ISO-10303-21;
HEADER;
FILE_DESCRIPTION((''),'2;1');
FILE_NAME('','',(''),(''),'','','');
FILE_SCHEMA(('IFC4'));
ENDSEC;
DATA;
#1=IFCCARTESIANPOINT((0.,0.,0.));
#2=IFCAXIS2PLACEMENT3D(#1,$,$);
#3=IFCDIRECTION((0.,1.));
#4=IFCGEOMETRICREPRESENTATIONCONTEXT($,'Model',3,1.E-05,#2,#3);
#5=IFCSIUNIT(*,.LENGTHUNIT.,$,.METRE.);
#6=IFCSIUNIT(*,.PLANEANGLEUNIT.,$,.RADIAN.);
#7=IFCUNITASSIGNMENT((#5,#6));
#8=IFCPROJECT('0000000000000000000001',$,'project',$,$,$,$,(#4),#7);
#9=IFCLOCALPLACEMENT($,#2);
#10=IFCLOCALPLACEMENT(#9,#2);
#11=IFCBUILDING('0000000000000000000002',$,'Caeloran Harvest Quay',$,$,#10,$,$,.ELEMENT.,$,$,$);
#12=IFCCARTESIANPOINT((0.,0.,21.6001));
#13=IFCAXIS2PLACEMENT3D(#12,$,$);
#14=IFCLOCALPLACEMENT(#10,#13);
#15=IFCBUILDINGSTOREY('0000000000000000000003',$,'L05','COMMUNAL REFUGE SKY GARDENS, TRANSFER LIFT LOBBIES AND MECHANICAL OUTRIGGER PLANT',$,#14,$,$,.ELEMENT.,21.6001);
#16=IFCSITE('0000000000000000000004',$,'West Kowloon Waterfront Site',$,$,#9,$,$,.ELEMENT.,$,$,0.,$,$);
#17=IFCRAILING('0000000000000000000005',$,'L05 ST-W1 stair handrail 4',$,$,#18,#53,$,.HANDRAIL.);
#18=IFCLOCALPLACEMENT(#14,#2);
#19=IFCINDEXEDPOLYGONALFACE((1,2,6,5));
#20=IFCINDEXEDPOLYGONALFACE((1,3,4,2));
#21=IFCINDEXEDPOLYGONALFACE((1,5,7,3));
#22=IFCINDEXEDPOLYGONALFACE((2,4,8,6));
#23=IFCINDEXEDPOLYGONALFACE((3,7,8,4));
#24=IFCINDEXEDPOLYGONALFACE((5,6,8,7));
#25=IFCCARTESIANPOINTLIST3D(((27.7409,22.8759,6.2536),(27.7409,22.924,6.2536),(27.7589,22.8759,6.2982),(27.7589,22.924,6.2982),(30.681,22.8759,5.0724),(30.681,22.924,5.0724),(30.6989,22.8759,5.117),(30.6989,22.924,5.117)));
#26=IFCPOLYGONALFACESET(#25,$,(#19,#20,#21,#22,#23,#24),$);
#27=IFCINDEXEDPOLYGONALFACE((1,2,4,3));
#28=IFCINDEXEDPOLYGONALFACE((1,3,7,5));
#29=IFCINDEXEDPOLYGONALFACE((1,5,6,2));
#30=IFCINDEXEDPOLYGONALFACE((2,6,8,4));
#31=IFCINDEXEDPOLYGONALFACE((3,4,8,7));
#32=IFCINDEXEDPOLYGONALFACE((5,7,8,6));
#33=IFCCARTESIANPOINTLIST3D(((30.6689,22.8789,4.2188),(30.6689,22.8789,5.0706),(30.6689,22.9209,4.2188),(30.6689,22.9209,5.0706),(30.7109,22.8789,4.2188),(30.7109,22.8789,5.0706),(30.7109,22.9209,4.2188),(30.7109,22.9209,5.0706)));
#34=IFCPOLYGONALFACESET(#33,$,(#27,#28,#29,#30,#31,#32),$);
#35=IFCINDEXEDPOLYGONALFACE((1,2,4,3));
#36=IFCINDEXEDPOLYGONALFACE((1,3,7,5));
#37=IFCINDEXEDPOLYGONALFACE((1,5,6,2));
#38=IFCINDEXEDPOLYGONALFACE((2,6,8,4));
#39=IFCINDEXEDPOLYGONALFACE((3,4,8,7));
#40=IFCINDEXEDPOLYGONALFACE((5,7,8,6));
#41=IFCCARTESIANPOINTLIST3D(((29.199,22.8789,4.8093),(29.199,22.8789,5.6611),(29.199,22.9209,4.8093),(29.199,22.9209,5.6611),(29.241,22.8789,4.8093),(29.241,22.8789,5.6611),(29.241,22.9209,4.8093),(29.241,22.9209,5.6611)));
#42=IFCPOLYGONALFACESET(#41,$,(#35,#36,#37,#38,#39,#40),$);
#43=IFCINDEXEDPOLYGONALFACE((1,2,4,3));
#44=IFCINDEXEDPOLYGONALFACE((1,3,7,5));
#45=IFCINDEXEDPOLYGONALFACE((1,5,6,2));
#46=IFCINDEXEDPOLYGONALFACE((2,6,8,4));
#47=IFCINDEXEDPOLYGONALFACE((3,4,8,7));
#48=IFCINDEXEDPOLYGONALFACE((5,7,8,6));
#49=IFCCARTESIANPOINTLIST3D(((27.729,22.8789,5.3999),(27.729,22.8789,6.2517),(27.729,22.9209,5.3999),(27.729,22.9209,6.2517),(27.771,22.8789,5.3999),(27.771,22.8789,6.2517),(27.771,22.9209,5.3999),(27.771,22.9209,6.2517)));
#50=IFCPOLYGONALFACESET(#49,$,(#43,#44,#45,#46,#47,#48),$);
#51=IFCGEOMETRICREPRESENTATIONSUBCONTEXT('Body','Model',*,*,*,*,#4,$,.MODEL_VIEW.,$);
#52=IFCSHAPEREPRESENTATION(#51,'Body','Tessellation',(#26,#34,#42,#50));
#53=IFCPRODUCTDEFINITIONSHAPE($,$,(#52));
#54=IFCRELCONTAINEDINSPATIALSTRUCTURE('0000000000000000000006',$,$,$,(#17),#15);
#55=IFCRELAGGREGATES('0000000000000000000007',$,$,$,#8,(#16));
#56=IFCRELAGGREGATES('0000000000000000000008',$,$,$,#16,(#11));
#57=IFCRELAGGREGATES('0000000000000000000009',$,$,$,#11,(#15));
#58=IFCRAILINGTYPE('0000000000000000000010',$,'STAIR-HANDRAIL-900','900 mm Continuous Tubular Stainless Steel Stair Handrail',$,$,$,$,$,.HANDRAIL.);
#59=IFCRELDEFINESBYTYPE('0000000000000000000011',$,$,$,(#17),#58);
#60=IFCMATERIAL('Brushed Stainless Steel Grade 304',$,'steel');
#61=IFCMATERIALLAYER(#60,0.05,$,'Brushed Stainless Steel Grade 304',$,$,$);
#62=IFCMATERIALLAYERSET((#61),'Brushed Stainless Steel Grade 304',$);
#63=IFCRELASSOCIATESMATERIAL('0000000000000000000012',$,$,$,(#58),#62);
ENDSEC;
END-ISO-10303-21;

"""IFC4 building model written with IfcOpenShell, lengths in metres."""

from ifc_helpers import new_model, si_unit, direction, frame, origin, origin_2d, place, context, subcontext, project, spatial, rectangle, extrude, material, layer, layer_set, type_object, element, save


model = new_model("IFC4")

# Units and contexts
model_context = context("Model", 3, precision=1e-05, world=origin(), true_north=direction((0.0, 1.0)))
body_context = subcontext(model_context, "Body", "Model", "MODEL_VIEW")
ifc_project = project(units=[si_unit("LENGTHUNIT", "METRE"), si_unit("PLANEANGLEUNIT", "RADIAN")], contexts=[model_context])

# Site, building, storey
site_placement = place(None, origin())
site = spatial("IfcSite", under=ifc_project, at=site_placement, Name="West Kowloon Waterfront Site", CompositionType="ELEMENT", RefElevation=0.0)
building_placement = place(site_placement, origin())
building = spatial("IfcBuilding", under=site, at=building_placement, Name="Caeloran Harvest Quay", CompositionType="ELEMENT")
storey_placement = place(building_placement, frame((0.0, 0.0, 21.6001)))
storey = spatial("IfcBuildingStorey", under=building, at=storey_placement, Name="L05", Description="COMMUNAL REFUGE SKY GARDENS, TRANSFER LIFT LOBBIES AND MECHANICAL OUTRIGGER PLANT", CompositionType="ELEMENT", Elevation=21.6001)

# Railing
ifc_material_1 = material(Name="Brushed Stainless Steel Grade 304", Category="steel")
ifc_layer_1 = layer(ifc_material_1, 0.05, Name="Brushed Stainless Steel Grade 304")
ifc_layer_set_1 = layer_set([ifc_layer_1], Name="Brushed Stainless Steel Grade 304")
railing_type_1 = type_object("IfcRailingType", Name="STAIR-HANDRAIL-900", Description="900 mm Continuous Tubular Stainless Steel Stair Handrail", PredefinedType="HANDRAIL", material=ifc_layer_set_1)
railing_1_placement = place(storey_placement, frame((30.6899, 22.8999, 4.2188)))
element("IfcRailing", 1, at=railing_1_placement, inside=storey, type_object=railing_type_1, Name="L05 ST-W1 stair handrail 4", PredefinedType="HANDRAIL", context=body_context, shape_type="SweptSolid", body=[
    extrude(rectangle(XDim=0.0481, YDim=0.0481, at=origin_2d()), frame((0.0, 0.0, 0.876), z_axis=(-0.927912, 0.0, 0.372799), x_axis=(0.0, -1.0, 0.0)), (0.0, 0.0, 1.0), 3.1685),
    extrude(rectangle(XDim=0.042, YDim=0.042, at=origin_2d()), origin(), (0.0, 0.0, 1.0), 0.8518),
    extrude(rectangle(XDim=0.042, YDim=0.042, at=origin_2d()), frame((-1.47, 0.0, 0.5906)), (0.0, 0.0, 1.0), 0.8518),
    extrude(rectangle(XDim=0.042, YDim=0.042, at=origin_2d()), frame((-2.9399, 0.0, 1.1812)), (0.0, 0.0, 1.0), 0.8518),
])

save(model, "model.ifc")
